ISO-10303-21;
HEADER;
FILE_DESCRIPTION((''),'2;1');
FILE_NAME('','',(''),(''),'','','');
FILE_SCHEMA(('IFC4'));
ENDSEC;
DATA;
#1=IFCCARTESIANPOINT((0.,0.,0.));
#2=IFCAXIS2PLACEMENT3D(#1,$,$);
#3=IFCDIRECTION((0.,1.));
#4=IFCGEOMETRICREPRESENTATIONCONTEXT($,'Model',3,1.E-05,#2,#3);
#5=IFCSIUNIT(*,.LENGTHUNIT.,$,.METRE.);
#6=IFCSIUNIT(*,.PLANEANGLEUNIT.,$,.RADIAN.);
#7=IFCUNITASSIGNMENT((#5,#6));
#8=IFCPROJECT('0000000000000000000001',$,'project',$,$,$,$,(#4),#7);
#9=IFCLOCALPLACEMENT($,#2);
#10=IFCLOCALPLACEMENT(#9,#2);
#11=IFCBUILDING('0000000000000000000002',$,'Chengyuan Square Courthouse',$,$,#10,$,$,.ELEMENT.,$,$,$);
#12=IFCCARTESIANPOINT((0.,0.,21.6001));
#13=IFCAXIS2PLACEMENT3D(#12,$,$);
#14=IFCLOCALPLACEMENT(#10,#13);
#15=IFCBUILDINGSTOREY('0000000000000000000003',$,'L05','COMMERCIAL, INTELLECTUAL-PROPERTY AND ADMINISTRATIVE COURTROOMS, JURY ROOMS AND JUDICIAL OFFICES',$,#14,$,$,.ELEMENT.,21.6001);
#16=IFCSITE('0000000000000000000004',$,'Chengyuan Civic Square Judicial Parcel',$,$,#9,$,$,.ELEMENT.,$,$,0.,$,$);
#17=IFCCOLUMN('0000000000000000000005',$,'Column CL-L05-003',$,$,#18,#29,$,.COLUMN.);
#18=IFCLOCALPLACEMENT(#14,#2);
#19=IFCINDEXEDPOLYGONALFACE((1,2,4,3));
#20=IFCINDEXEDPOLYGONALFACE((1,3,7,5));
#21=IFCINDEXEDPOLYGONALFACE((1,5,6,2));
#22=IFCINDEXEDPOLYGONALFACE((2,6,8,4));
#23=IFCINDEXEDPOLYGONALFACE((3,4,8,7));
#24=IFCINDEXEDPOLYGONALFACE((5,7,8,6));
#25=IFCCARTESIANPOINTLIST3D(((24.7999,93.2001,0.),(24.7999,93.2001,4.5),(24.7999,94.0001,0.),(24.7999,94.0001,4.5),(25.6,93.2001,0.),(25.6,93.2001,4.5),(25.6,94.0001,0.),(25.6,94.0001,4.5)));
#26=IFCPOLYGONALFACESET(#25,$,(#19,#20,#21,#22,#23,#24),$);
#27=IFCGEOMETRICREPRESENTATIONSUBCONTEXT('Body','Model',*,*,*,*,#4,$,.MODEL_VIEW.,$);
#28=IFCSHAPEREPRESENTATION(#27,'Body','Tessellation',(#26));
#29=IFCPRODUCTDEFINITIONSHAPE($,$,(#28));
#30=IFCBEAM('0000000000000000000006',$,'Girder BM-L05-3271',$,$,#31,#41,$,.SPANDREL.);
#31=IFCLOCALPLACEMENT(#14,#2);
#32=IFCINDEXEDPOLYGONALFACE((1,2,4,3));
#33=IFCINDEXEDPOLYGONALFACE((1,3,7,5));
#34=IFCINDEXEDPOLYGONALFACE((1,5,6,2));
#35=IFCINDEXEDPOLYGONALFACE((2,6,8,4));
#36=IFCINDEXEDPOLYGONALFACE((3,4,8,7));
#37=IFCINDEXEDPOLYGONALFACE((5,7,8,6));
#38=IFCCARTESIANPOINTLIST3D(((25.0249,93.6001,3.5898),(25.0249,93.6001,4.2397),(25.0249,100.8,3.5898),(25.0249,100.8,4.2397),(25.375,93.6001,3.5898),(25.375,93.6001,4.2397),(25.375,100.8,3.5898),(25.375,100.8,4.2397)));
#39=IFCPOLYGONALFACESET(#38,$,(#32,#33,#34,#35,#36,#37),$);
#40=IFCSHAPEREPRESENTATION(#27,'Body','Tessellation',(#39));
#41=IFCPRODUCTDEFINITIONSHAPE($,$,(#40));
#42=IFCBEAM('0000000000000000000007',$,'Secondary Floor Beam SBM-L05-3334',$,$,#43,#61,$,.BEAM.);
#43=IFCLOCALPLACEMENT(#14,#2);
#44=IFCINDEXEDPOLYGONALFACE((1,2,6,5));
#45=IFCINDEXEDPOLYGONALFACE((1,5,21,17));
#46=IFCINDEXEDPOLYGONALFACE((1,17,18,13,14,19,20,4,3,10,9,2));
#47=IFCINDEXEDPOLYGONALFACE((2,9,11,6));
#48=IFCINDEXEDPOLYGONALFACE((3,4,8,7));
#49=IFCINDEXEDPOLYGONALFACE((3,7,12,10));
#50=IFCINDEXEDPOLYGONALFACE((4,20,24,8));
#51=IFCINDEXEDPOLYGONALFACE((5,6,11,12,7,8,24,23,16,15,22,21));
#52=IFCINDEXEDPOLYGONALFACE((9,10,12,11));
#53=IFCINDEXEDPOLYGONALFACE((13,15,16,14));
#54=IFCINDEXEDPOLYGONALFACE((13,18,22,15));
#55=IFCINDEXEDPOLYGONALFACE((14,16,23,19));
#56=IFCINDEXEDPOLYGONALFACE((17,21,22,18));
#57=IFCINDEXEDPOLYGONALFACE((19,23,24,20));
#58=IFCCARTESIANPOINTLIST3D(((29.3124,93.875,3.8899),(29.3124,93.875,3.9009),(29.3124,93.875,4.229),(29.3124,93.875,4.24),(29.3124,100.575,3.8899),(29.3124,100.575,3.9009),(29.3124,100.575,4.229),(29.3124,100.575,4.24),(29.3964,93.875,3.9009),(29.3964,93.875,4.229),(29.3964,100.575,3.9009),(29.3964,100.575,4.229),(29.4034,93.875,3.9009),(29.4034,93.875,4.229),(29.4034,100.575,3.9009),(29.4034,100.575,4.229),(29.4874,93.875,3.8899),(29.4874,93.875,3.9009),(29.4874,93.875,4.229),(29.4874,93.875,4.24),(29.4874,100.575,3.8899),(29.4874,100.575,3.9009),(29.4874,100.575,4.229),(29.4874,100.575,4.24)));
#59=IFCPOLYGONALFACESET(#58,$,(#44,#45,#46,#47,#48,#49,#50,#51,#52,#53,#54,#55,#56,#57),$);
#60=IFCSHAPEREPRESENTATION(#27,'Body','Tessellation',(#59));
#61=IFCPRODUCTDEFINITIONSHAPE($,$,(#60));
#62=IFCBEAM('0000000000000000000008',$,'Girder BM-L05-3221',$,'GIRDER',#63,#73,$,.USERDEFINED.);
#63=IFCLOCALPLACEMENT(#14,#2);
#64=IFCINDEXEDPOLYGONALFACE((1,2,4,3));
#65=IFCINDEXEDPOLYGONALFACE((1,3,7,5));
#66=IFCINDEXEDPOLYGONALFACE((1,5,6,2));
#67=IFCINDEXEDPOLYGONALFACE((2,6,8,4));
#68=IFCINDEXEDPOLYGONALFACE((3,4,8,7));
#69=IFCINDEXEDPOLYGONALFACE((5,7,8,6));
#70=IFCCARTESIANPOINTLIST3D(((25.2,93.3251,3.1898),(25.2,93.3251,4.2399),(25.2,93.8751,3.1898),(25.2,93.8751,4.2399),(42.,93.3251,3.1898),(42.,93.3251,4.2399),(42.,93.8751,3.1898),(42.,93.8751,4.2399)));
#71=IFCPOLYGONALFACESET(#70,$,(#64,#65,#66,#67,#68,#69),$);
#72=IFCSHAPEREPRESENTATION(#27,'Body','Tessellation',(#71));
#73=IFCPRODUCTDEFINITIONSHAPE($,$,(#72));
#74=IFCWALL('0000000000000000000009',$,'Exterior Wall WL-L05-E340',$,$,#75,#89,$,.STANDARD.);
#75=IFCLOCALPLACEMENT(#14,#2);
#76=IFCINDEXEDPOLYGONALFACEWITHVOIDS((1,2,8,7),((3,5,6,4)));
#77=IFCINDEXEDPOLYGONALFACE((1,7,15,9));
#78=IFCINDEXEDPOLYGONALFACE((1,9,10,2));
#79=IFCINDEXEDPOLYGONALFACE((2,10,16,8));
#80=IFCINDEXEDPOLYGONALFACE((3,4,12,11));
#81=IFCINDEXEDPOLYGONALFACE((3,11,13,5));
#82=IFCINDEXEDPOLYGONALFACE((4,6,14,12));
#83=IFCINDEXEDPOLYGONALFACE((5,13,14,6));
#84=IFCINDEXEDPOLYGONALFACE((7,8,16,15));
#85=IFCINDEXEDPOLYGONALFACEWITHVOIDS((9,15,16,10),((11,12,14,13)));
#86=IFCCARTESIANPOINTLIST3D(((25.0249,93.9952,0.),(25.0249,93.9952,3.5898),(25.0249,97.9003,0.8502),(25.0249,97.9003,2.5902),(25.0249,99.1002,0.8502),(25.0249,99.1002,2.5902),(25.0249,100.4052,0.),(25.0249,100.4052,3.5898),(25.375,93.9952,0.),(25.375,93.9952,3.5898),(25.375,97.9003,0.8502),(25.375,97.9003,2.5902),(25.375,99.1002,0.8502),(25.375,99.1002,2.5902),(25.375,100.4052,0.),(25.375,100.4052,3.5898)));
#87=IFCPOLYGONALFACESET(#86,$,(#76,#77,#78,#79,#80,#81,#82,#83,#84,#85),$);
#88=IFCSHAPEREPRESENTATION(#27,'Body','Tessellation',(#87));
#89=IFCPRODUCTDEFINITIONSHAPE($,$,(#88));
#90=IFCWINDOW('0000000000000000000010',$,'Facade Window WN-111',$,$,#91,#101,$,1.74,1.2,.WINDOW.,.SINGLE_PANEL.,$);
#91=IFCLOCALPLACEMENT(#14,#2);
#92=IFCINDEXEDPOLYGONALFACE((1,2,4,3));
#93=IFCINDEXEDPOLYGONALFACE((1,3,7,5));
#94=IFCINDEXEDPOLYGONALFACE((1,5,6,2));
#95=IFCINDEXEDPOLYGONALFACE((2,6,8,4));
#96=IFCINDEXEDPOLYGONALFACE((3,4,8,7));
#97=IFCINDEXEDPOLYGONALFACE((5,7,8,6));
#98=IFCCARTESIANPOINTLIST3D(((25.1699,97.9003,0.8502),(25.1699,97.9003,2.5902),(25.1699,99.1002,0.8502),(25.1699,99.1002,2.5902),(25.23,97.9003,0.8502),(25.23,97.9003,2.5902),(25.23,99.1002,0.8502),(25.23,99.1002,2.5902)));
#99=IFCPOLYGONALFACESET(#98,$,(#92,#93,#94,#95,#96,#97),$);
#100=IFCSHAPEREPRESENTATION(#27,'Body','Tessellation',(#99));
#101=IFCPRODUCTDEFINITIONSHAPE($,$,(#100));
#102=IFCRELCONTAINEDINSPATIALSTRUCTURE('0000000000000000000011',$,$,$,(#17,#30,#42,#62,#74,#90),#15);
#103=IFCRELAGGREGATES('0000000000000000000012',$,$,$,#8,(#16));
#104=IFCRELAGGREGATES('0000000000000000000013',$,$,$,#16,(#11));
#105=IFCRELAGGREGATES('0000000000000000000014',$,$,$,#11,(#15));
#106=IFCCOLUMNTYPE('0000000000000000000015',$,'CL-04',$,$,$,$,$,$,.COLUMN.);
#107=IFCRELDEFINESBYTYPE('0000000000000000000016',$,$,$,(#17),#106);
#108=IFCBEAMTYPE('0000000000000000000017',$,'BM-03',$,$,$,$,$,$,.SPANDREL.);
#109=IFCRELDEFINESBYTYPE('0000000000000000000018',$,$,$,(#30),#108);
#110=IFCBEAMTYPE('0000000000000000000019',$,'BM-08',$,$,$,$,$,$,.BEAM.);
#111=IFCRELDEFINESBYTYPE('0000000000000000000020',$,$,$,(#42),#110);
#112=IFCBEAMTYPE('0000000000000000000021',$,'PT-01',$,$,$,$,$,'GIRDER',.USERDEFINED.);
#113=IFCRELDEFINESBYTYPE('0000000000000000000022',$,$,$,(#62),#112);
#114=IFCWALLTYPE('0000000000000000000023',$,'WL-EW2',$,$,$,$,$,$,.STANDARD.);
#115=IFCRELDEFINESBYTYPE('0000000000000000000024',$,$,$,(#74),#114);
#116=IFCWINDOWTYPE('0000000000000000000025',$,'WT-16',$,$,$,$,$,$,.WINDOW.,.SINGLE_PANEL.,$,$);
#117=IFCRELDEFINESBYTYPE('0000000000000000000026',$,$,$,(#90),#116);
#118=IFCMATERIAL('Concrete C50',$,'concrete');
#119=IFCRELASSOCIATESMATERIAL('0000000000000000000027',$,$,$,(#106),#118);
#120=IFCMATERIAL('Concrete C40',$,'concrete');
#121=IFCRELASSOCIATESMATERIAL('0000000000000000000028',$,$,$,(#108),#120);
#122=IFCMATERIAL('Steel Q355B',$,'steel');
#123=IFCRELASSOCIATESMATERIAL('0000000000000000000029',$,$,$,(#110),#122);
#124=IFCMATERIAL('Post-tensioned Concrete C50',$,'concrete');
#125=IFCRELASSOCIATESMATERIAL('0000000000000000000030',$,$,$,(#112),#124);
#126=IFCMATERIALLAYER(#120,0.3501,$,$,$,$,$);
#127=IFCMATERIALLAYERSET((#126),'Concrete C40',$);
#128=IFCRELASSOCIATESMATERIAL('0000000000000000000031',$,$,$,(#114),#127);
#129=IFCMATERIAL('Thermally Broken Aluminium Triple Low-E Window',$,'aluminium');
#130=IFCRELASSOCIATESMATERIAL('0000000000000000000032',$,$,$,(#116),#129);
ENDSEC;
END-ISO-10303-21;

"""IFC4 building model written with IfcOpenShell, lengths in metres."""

from ifc_helpers import new_model, si_unit, direction, frame, frame_2d, origin, origin_2d, place, context, subcontext, project, spatial, rectangle, i_section, extrude, material, layer, layer_set, material_profile, profile_set, type_object, element, fill, save


model = new_model("IFC4")

# Units and contexts
model_context = context("Model", 3, precision=1e-05, world=origin(), true_north=direction((0.0, 1.0)))
body_context = subcontext(model_context, "Body", "Model", "MODEL_VIEW")
ifc_project = project(units=[si_unit("LENGTHUNIT", "METRE"), si_unit("PLANEANGLEUNIT", "RADIAN")], contexts=[model_context])

# Site, building, storey
site_placement = place(None, origin())
site = spatial("IfcSite", under=ifc_project, at=site_placement, Name="Chengyuan Civic Square Judicial Parcel", CompositionType="ELEMENT", RefElevation=0.0)
building_placement = place(site_placement, origin())
building = spatial("IfcBuilding", under=site, at=building_placement, Name="Chengyuan Square Courthouse", CompositionType="ELEMENT")
storey_placement = place(building_placement, frame((0.0, 0.0, 21.6001)))
storey = spatial("IfcBuildingStorey", under=building, at=storey_placement, Name="L05", Description="COMMERCIAL, INTELLECTUAL-PROPERTY AND ADMINISTRATIVE COURTROOMS, JURY ROOMS AND JUDICIAL OFFICES", CompositionType="ELEMENT", Elevation=21.6001)

# Column
ifc_material_1 = material(Name="Concrete C50", Category="concrete")
ifc_material_profile_1 = material_profile(ifc_material_1, rectangle(XDim=0.8, YDim=0.8, at=origin_2d()), Name="RC-COL-800x800")
ifc_profile_set_1 = profile_set([ifc_material_profile_1], Name="Concrete C50")
column_type = type_object("IfcColumnType", Name="CL-04", PredefinedType="COLUMN", material=ifc_profile_set_1)
column_placement = place(storey_placement, frame((25.2, 93.6001, 0.0), z_axis=(0.0, 0.0, 1.0), x_axis=(1.0, 0.0, 0.0)))
element("IfcColumn", 1, at=column_placement, inside=storey, type_object=column_type, Name="Column CL-L05-003", PredefinedType="COLUMN", context=body_context, shape_type="SweptSolid", body=[
    extrude(rectangle(XDim=0.8, YDim=0.8, at=origin_2d()), origin(), (0.0, 0.0, 1.0), 4.5),
])

# Beams
ifc_material_2 = material(Name="Concrete C40", Category="concrete")
ifc_material_profile_2 = material_profile(ifc_material_2, rectangle(XDim=0.3501, YDim=0.6499, at=origin_2d()), Name="RC-BM-350x650")
ifc_profile_set_2 = profile_set([ifc_material_profile_2], Name="Concrete C40")
beam_type_1 = type_object("IfcBeamType", Name="BM-03", PredefinedType="SPANDREL", material=ifc_profile_set_2)
beam_1_placement = place(storey_placement, frame((25.2, 93.6001, 3.9148), z_axis=(0.0, 1.0, 0.0), x_axis=(-1.0, 0.0, 0.0)))
element("IfcBeam", 2, at=beam_1_placement, inside=storey, type_object=beam_type_1, Name="Girder BM-L05-3271", PredefinedType="SPANDREL", context=body_context, shape_type="SweptSolid", body=[
    extrude(rectangle(XDim=0.3501, YDim=0.6499, at=origin_2d()), origin(), (0.0, 0.0, 1.0), 7.2),
])
ifc_material_3 = material(Name="Steel Q355B", Category="steel")
ifc_material_profile_3 = material_profile(ifc_material_3, i_section(OverallWidth=0.175, OverallDepth=0.3501, WebThickness=0.0071, FlangeThickness=0.011, at=origin_2d()), Name="HN 350x175x7x11")
ifc_profile_set_3 = profile_set([ifc_material_profile_3], Name="Steel Q355B")
beam_type_2 = type_object("IfcBeamType", Name="BM-08", PredefinedType="BEAM", material=ifc_profile_set_3)
beam_2_placement = place(storey_placement, frame((29.3999, 93.875, 4.0649), z_axis=(0.0, 1.0, 0.0), x_axis=(-1.0, 0.0, 0.0)))
element("IfcBeam", 3, at=beam_2_placement, inside=storey, type_object=beam_type_2, Name="Secondary Floor Beam SBM-L05-3334", PredefinedType="BEAM", context=body_context, shape_type="SweptSolid", body=[
    extrude(i_section(OverallWidth=0.175, OverallDepth=0.3501, WebThickness=0.0071, FlangeThickness=0.011, at=origin_2d()), origin(), (0.0, 0.0, 1.0), 6.7),
])
ifc_material_4 = material(Name="Post-tensioned Concrete C50", Category="concrete")
ifc_material_profile_4 = material_profile(ifc_material_4, rectangle(XDim=0.55, YDim=1.05, at=origin_2d()), Name="PT-BM-550x1050")
ifc_profile_set_4 = profile_set([ifc_material_profile_4], Name="Post-tensioned Concrete C50")
beam_type_3 = type_object("IfcBeamType", Name="PT-01", ElementType="GIRDER", PredefinedType="USERDEFINED", material=ifc_profile_set_4)
beam_3_placement = place(storey_placement, frame((25.2, 93.6001, 3.7148), z_axis=(1.0, 0.0, 0.0), x_axis=(0.0, 1.0, 0.0)))
element("IfcBeam", 4, at=beam_3_placement, inside=storey, type_object=beam_type_3, Name="Girder BM-L05-3221", ObjectType="GIRDER", PredefinedType="USERDEFINED", context=body_context, shape_type="SweptSolid", body=[
    extrude(rectangle(XDim=0.55, YDim=1.05, at=origin_2d()), origin(), (0.0, 0.0, 1.0), 16.8),
])

# Wall, opening, window
ifc_layer_1 = layer(ifc_material_2, 0.3501)
ifc_layer_set_1 = layer_set([ifc_layer_1], Name="Concrete C40")
wall_type_1 = type_object("IfcWallType", Name="WL-EW2", PredefinedType="STANDARD", material=ifc_layer_set_1)
wall_1_placement = place(storey_placement, frame((25.2, 93.9951, 0.0), z_axis=(0.0, 0.0, 1.0), x_axis=(0.0, 1.0, 0.0)))
wall_1 = element("IfcWall", 5, at=wall_1_placement, inside=storey, type_object=wall_type_1, Name="Exterior Wall WL-L05-E340", PredefinedType="STANDARD", context=body_context, shape_type="SweptSolid", body=[
    extrude(rectangle(XDim=6.4099, YDim=0.3501, at=frame_2d((3.2051, 0.0))), origin(), (0.0, 0.0, 1.0), 3.5898),
])
opening_1_placement = place(wall_1_placement, frame((3.905, 0.0, 0.8501)))
opening_1 = element("IfcOpeningElement", 6, at=opening_1_placement, cuts=wall_1, PredefinedType="OPENING", context=body_context, shape_type="SweptSolid", body=[
    extrude(rectangle(XDim=1.2, YDim=1.74, at=frame_2d((0.6001, 0.8701))), frame((0.0, 0.187, 0.0), z_axis=(0.0, -1.0, 0.0), x_axis=(1.0, 0.0, 0.0)), (0.0, 0.0, 1.0), 0.374),
])
ifc_material_5 = material(Name="Thermally Broken Aluminium Triple Low-E Window", Category="aluminium")
window_type = type_object("IfcWindowType", Name="WT-16", PartitioningType="SINGLE_PANEL", PredefinedType="WINDOW", material=ifc_material_5)
window_placement = place(opening_1_placement, origin())
window = element("IfcWindow", 7, at=window_placement, inside=storey, type_object=window_type, Name="Facade Window WN-111", OverallHeight=1.74, OverallWidth=1.2, PartitioningType="SINGLE_PANEL", PredefinedType="WINDOW", context=body_context, shape_type="SweptSolid", body=[
    extrude(rectangle(XDim=1.2, YDim=1.74, at=frame_2d((0.6001, 0.8701))), frame((0.0, 0.03, 0.0), z_axis=(0.0, -1.0, 0.0), x_axis=(1.0, 0.0, 0.0)), (0.0, 0.0, 1.0), 0.0601),
])
fill(opening_1, window)

save(model, "model.ifc")
